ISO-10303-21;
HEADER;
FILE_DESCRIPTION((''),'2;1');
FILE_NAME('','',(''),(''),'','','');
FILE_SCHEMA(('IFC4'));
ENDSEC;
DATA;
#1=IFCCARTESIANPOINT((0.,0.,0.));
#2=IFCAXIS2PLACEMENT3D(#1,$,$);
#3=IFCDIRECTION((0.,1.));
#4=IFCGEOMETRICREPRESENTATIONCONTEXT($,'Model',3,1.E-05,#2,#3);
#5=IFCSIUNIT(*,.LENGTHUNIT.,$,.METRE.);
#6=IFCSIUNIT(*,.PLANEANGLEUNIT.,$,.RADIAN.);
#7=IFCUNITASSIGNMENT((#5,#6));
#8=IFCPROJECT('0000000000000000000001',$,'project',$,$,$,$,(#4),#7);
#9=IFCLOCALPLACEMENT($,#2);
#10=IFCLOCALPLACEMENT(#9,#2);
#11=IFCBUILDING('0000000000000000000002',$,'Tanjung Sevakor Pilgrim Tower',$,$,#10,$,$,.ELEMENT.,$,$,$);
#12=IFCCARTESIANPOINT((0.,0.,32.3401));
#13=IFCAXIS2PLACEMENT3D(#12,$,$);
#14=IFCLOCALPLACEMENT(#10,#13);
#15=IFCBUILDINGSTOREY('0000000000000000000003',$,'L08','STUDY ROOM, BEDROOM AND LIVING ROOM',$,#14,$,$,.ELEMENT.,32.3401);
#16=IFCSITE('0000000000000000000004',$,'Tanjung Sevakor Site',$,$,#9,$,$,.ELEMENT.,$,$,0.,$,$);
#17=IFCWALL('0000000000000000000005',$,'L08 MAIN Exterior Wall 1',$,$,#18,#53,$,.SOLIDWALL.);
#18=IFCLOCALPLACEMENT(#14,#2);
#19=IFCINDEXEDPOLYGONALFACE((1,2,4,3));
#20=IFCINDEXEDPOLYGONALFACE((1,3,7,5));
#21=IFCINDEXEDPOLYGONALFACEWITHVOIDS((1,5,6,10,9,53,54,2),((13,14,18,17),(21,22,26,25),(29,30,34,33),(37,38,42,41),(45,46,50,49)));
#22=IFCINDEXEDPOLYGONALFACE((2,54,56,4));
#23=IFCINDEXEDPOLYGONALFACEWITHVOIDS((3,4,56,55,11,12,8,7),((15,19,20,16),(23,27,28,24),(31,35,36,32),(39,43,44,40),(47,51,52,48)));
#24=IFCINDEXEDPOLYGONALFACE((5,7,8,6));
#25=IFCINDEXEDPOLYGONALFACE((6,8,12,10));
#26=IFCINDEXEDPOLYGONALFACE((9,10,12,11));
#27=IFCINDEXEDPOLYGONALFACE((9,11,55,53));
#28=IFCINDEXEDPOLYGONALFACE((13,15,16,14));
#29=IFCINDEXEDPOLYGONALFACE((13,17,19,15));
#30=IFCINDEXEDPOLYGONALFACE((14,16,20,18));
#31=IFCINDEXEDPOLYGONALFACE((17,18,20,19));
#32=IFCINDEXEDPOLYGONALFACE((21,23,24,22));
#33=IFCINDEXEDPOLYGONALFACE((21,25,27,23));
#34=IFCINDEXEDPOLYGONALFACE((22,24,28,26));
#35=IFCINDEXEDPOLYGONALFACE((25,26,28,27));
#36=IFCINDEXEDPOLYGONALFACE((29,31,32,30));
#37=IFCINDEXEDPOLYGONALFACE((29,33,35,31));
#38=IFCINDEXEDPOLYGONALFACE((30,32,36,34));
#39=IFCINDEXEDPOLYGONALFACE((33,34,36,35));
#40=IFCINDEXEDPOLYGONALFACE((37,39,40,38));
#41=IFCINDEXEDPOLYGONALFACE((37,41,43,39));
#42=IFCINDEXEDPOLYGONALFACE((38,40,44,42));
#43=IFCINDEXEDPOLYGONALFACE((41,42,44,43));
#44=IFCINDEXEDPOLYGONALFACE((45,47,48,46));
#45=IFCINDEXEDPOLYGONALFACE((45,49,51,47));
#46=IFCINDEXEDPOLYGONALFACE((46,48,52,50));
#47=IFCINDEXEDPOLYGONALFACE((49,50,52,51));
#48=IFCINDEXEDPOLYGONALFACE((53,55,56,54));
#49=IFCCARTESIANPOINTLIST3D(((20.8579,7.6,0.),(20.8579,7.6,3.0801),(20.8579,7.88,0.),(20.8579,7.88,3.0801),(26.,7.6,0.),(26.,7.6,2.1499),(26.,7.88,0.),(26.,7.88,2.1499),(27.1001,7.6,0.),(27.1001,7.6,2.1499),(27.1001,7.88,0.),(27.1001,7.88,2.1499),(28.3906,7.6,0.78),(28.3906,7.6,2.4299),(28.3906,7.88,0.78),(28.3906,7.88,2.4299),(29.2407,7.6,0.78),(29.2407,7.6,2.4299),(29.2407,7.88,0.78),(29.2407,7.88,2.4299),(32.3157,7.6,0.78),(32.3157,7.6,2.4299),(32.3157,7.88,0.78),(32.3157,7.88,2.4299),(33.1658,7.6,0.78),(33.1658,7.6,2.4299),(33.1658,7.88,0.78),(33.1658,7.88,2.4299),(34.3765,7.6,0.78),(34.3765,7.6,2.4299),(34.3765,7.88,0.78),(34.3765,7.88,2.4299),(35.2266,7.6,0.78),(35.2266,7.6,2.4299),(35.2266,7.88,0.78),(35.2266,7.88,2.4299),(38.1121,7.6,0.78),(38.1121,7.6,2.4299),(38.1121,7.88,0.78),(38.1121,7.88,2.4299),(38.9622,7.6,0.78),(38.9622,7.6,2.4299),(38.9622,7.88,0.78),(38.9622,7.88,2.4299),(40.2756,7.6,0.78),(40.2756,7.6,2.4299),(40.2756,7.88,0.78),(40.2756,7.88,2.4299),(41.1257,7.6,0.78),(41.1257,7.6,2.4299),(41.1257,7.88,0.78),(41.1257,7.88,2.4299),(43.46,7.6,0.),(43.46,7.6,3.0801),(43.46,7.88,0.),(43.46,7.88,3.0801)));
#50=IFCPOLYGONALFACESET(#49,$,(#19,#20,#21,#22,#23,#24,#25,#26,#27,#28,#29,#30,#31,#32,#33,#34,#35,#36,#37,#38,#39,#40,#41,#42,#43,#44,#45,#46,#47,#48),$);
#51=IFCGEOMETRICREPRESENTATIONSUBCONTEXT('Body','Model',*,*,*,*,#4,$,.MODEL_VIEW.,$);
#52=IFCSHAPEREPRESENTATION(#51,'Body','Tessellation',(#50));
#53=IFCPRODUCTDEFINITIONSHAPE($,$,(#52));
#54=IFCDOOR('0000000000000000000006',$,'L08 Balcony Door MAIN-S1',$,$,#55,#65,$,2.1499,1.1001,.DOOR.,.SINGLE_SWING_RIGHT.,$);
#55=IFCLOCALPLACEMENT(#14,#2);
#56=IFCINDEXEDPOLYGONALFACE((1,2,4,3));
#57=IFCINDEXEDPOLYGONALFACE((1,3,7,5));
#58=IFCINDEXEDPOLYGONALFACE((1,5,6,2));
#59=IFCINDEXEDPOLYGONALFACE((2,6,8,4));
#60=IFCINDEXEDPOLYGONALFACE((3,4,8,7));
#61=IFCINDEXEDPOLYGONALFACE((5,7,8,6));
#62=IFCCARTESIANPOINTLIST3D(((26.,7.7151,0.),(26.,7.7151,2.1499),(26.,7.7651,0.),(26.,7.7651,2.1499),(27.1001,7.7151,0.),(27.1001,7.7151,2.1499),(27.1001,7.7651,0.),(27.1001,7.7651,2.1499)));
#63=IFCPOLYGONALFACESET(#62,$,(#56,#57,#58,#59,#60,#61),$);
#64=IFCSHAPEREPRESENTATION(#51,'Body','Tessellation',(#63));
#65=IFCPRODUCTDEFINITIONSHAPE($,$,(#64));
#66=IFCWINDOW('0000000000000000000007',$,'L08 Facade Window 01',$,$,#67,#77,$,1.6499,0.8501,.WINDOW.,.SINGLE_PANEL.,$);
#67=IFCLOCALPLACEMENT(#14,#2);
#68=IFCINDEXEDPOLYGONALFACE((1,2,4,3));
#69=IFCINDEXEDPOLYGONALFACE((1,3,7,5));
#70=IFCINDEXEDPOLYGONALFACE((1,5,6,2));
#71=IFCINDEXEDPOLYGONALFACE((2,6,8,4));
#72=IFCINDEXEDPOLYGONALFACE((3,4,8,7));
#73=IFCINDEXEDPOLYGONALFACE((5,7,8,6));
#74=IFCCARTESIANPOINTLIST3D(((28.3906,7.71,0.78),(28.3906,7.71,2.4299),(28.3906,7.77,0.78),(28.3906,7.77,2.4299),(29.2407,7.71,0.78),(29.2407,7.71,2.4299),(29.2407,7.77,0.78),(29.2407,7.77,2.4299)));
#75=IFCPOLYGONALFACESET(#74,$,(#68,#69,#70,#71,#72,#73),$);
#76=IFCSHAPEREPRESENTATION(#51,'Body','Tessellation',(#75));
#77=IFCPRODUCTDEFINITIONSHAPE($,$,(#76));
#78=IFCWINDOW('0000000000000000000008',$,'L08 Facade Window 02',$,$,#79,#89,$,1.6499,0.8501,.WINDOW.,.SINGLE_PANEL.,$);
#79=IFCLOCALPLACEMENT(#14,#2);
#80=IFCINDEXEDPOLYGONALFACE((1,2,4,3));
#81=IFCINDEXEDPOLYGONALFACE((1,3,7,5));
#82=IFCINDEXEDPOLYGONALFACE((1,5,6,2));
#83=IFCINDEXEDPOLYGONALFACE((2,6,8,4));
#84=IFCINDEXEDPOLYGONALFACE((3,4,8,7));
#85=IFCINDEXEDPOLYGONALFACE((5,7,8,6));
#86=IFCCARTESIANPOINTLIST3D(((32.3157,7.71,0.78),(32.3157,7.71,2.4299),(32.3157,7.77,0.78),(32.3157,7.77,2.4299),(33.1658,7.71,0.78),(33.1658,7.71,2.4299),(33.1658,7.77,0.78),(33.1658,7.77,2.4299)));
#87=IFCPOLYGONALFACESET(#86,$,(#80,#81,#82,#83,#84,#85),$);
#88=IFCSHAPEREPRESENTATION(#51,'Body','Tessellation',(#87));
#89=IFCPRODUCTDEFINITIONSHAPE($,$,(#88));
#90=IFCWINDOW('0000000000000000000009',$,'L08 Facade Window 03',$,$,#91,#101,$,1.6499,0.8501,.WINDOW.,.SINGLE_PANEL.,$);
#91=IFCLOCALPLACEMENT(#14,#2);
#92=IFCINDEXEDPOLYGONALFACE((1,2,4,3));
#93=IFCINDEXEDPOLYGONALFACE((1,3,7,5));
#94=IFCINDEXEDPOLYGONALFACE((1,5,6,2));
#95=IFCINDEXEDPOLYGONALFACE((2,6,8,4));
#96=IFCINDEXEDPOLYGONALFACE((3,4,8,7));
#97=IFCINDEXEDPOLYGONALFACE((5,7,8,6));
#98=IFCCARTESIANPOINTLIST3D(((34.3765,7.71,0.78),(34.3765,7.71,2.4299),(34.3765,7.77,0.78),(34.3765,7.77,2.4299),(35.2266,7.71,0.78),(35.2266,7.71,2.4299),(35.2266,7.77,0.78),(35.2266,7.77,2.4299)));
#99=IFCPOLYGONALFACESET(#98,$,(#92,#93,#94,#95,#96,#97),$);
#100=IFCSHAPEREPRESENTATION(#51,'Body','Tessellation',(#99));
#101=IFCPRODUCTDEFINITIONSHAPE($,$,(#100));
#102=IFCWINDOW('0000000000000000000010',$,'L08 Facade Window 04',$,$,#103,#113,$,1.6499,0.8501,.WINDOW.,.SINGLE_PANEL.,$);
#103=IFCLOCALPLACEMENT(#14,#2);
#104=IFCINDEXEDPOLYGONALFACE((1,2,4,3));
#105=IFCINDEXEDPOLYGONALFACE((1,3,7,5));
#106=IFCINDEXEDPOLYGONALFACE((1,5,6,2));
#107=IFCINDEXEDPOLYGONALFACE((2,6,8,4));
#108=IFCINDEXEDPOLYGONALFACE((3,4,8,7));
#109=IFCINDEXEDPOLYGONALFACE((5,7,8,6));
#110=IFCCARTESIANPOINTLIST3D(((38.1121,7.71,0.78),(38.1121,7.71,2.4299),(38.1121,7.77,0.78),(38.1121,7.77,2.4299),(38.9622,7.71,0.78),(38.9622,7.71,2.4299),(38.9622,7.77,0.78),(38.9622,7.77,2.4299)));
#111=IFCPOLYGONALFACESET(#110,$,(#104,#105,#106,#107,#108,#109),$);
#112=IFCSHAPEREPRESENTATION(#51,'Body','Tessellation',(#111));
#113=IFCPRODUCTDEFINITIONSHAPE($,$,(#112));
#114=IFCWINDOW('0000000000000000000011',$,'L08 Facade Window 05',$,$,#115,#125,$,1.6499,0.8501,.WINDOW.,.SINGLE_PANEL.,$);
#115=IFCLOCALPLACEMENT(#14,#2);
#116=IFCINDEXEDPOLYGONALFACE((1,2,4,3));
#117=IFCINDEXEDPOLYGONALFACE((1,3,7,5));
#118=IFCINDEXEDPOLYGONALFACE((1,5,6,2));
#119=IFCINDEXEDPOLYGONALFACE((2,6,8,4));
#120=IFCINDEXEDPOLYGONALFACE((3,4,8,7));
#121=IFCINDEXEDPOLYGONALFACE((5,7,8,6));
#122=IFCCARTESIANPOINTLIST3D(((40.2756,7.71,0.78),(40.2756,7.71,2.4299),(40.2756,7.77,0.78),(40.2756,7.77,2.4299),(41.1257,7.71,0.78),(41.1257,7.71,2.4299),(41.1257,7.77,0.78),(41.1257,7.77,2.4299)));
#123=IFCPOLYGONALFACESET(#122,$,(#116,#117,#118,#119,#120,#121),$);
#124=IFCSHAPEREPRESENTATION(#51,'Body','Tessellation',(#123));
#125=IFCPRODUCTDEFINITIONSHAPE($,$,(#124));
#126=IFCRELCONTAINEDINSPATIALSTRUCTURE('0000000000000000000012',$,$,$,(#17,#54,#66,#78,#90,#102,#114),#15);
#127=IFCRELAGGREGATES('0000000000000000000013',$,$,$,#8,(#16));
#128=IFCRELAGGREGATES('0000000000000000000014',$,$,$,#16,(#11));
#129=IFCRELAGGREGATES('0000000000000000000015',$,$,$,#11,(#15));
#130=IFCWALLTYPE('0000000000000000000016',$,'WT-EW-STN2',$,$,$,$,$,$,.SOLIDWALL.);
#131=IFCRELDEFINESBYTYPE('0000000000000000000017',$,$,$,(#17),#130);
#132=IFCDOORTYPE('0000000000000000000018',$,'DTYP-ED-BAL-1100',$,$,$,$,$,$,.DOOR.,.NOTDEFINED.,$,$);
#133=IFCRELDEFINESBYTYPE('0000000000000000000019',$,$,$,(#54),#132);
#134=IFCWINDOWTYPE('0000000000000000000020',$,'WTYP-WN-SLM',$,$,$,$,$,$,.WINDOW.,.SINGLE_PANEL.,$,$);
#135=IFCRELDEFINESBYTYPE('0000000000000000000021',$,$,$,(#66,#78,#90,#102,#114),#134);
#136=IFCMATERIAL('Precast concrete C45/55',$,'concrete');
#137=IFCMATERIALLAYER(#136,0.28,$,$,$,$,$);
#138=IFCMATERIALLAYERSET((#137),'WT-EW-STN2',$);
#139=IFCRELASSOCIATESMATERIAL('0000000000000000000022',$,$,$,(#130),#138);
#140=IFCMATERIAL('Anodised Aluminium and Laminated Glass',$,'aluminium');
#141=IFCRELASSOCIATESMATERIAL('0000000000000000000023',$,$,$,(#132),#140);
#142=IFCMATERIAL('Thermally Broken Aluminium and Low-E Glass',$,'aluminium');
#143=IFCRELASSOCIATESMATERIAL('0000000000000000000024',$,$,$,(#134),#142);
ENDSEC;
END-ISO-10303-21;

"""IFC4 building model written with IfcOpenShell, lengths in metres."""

from ifc_helpers import new_model, si_unit, direction, frame, frame_2d, origin, place, context, subcontext, project, spatial, rectangle, extrude, material, layer, layer_set, type_object, element, fill, save


model = new_model("IFC4")

# Units and contexts
model_context = context("Model", 3, precision=1e-05, world=origin(), true_north=direction((0.0, 1.0)))
body_context = subcontext(model_context, "Body", "Model", "MODEL_VIEW")
ifc_project = project(units=[si_unit("LENGTHUNIT", "METRE"), si_unit("PLANEANGLEUNIT", "RADIAN")], contexts=[model_context])

# Site, building, storey
site_placement = place(None, origin())
site = spatial("IfcSite", under=ifc_project, at=site_placement, Name="Tanjung Sevakor Site", CompositionType="ELEMENT", RefElevation=0.0)
building_placement = place(site_placement, origin())
building = spatial("IfcBuilding", under=site, at=building_placement, Name="Tanjung Sevakor Pilgrim Tower", CompositionType="ELEMENT")
storey_placement = place(building_placement, frame((0.0, 0.0, 32.3401)))
storey = spatial("IfcBuildingStorey", under=building, at=storey_placement, Name="L08", Description="STUDY ROOM, BEDROOM AND LIVING ROOM", CompositionType="ELEMENT", Elevation=32.3401)

# Wall, openings, door, windows
ifc_material_1 = material(Name="Precast concrete C45/55", Category="concrete")
ifc_layer_1 = layer(ifc_material_1, 0.28)
ifc_layer_set_1 = layer_set([ifc_layer_1], Name="WT-EW-STN2")
wall_type_1 = type_object("IfcWallType", Name="WT-EW-STN2", PredefinedType="SOLIDWALL", material=ifc_layer_set_1)
wall_1_placement = place(storey_placement, frame((20.8579, 7.74, 0.0), z_axis=(0.0, 0.0, 1.0), x_axis=(1.0, 0.0, 0.0)))
wall_1 = element("IfcWall", 1, at=wall_1_placement, inside=storey, type_object=wall_type_1, Name="L08 MAIN Exterior Wall 1", PredefinedType="SOLIDWALL", context=body_context, shape_type="SweptSolid", body=[
    extrude(rectangle(XDim=22.6021, YDim=0.28, at=frame_2d((11.301, 0.0))), origin(), (0.0, 0.0, 1.0), 3.0801),
])
opening_1_placement = place(wall_1_placement, frame((5.1421, 0.0, 0.0)))
opening_1 = element("IfcOpeningElement", 2, at=opening_1_placement, cuts=wall_1, PredefinedType="OPENING", context=body_context, shape_type="SweptSolid", body=[
    extrude(rectangle(XDim=1.1001, YDim=2.1499, at=frame_2d((0.55, 1.075))), frame((0.0, 0.1499, 0.0), z_axis=(0.0, -1.0, 0.0), x_axis=(1.0, 0.0, 0.0)), (0.0, 0.0, 1.0), 0.3),
])
opening_2_placement = place(wall_1_placement, frame((7.5327, 0.0, 0.78)))
opening_2 = element("IfcOpeningElement", 3, at=opening_2_placement, cuts=wall_1, PredefinedType="OPENING", context=body_context, shape_type="SweptSolid", body=[
    extrude(rectangle(XDim=0.8501, YDim=1.6499, at=frame_2d((0.425, 0.825))), frame((0.0, 0.1499, 0.0), z_axis=(0.0, -1.0, 0.0), x_axis=(1.0, 0.0, 0.0)), (0.0, 0.0, 1.0), 0.3),
])
opening_3_placement = place(wall_1_placement, frame((11.4578, 0.0, 0.78)))
opening_3 = element("IfcOpeningElement", 4, at=opening_3_placement, cuts=wall_1, PredefinedType="OPENING", context=body_context, shape_type="SweptSolid", body=[
    extrude(rectangle(XDim=0.8501, YDim=1.6499, at=frame_2d((0.425, 0.825))), frame((0.0, 0.1499, 0.0), z_axis=(0.0, -1.0, 0.0), x_axis=(1.0, 0.0, 0.0)), (0.0, 0.0, 1.0), 0.3),
])
opening_4_placement = place(wall_1_placement, frame((13.5186, 0.0, 0.78)))
opening_4 = element("IfcOpeningElement", 5, at=opening_4_placement, cuts=wall_1, PredefinedType="OPENING", context=body_context, shape_type="SweptSolid", body=[
    extrude(rectangle(XDim=0.8501, YDim=1.6499, at=frame_2d((0.425, 0.825))), frame((0.0, 0.1499, 0.0), z_axis=(0.0, -1.0, 0.0), x_axis=(1.0, 0.0, 0.0)), (0.0, 0.0, 1.0), 0.3),
])
opening_5_placement = place(wall_1_placement, frame((17.2542, 0.0, 0.78)))
opening_5 = element("IfcOpeningElement", 6, at=opening_5_placement, cuts=wall_1, PredefinedType="OPENING", context=body_context, shape_type="SweptSolid", body=[
    extrude(rectangle(XDim=0.8501, YDim=1.6499, at=frame_2d((0.425, 0.825))), frame((0.0, 0.1499, 0.0), z_axis=(0.0, -1.0, 0.0), x_axis=(1.0, 0.0, 0.0)), (0.0, 0.0, 1.0), 0.3),
])
opening_6_placement = place(wall_1_placement, frame((19.4177, 0.0, 0.78)))
opening_6 = element("IfcOpeningElement", 7, at=opening_6_placement, cuts=wall_1, PredefinedType="OPENING", context=body_context, shape_type="SweptSolid", body=[
    extrude(rectangle(XDim=0.8501, YDim=1.6499, at=frame_2d((0.425, 0.825))), frame((0.0, 0.1499, 0.0), z_axis=(0.0, -1.0, 0.0), x_axis=(1.0, 0.0, 0.0)), (0.0, 0.0, 1.0), 0.3),
])
ifc_material_2 = material(Name="Anodised Aluminium and Laminated Glass", Category="aluminium")
door_type_1 = type_object("IfcDoorType", Name="DTYP-ED-BAL-1100", OperationType="NOTDEFINED", PredefinedType="DOOR", material=ifc_material_2)
door_1_placement = place(opening_1_placement, frame((1.1001, 0.0, 0.0), z_axis=(0.0, 0.0, 1.0), x_axis=(-1.0, 0.0, 0.0)))
door_1 = element("IfcDoor", 8, at=door_1_placement, inside=storey, type_object=door_type_1, Name="L08 Balcony Door MAIN-S1", OperationType="SINGLE_SWING_RIGHT", OverallHeight=2.1499, OverallWidth=1.1001, PredefinedType="DOOR", context=body_context, shape_type="SweptSolid", body=[
    extrude(rectangle(XDim=1.1001, YDim=2.1499, at=frame_2d((0.55, 1.075))), frame((0.0, 0.0249, 0.0), z_axis=(0.0, -1.0, 0.0), x_axis=(1.0, 0.0, 0.0)), (0.0, 0.0, 1.0), 0.05),
])
fill(opening_1, door_1)
ifc_material_3 = material(Name="Thermally Broken Aluminium and Low-E Glass", Category="aluminium")
window_type = type_object("IfcWindowType", Name="WTYP-WN-SLM", PartitioningType="SINGLE_PANEL", PredefinedType="WINDOW", material=ifc_material_3)
window_1_placement = place(opening_2_placement, origin())
window_1 = element("IfcWindow", 9, at=window_1_placement, inside=storey, type_object=window_type, Name="L08 Facade Window 01", OverallHeight=1.6499, OverallWidth=0.8501, PartitioningType="SINGLE_PANEL", PredefinedType="WINDOW", context=body_context, shape_type="SweptSolid", body=[
    extrude(rectangle(XDim=0.8501, YDim=1.6499, at=frame_2d((0.425, 0.825))), frame((0.0, 0.03, 0.0), z_axis=(0.0, -1.0, 0.0), x_axis=(1.0, 0.0, 0.0)), (0.0, 0.0, 1.0), 0.0601),
])
fill(opening_2, window_1)
window_2_placement = place(opening_3_placement, origin())
window_2 = element("IfcWindow", 10, at=window_2_placement, inside=storey, type_object=window_type, Name="L08 Facade Window 02", OverallHeight=1.6499, OverallWidth=0.8501, PartitioningType="SINGLE_PANEL", PredefinedType="WINDOW", context=body_context, shape_type="SweptSolid", body=[
    extrude(rectangle(XDim=0.8501, YDim=1.6499, at=frame_2d((0.425, 0.825))), frame((0.0, 0.03, 0.0), z_axis=(0.0, -1.0, 0.0), x_axis=(1.0, 0.0, 0.0)), (0.0, 0.0, 1.0), 0.0601),
])
fill(opening_3, window_2)
window_3_placement = place(opening_4_placement, origin())
window_3 = element("IfcWindow", 11, at=window_3_placement, inside=storey, type_object=window_type, Name="L08 Facade Window 03", OverallHeight=1.6499, OverallWidth=0.8501, PartitioningType="SINGLE_PANEL", PredefinedType="WINDOW", context=body_context, shape_type="SweptSolid", body=[
    extrude(rectangle(XDim=0.8501, YDim=1.6499, at=frame_2d((0.425, 0.825))), frame((0.0, 0.03, 0.0), z_axis=(0.0, -1.0, 0.0), x_axis=(1.0, 0.0, 0.0)), (0.0, 0.0, 1.0), 0.0601),
])
fill(opening_4, window_3)
window_4_placement = place(opening_5_placement, origin())
window_4 = element("IfcWindow", 12, at=window_4_placement, inside=storey, type_object=window_type, Name="L08 Facade Window 04", OverallHeight=1.6499, OverallWidth=0.8501, PartitioningType="SINGLE_PANEL", PredefinedType="WINDOW", context=body_context, shape_type="SweptSolid", body=[
    extrude(rectangle(XDim=0.8501, YDim=1.6499, at=frame_2d((0.425, 0.825))), frame((0.0, 0.03, 0.0), z_axis=(0.0, -1.0, 0.0), x_axis=(1.0, 0.0, 0.0)), (0.0, 0.0, 1.0), 0.0601),
])
fill(opening_5, window_4)
window_5_placement = place(opening_6_placement, origin())
window_5 = element("IfcWindow", 13, at=window_5_placement, inside=storey, type_object=window_type, Name="L08 Facade Window 05", OverallHeight=1.6499, OverallWidth=0.8501, PartitioningType="SINGLE_PANEL", PredefinedType="WINDOW", context=body_context, shape_type="SweptSolid", body=[
    extrude(rectangle(XDim=0.8501, YDim=1.6499, at=frame_2d((0.425, 0.825))), frame((0.0, 0.03, 0.0), z_axis=(0.0, -1.0, 0.0), x_axis=(1.0, 0.0, 0.0)), (0.0, 0.0, 1.0), 0.0601),
])
fill(opening_6, window_5)

save(model, "model.ifc")
